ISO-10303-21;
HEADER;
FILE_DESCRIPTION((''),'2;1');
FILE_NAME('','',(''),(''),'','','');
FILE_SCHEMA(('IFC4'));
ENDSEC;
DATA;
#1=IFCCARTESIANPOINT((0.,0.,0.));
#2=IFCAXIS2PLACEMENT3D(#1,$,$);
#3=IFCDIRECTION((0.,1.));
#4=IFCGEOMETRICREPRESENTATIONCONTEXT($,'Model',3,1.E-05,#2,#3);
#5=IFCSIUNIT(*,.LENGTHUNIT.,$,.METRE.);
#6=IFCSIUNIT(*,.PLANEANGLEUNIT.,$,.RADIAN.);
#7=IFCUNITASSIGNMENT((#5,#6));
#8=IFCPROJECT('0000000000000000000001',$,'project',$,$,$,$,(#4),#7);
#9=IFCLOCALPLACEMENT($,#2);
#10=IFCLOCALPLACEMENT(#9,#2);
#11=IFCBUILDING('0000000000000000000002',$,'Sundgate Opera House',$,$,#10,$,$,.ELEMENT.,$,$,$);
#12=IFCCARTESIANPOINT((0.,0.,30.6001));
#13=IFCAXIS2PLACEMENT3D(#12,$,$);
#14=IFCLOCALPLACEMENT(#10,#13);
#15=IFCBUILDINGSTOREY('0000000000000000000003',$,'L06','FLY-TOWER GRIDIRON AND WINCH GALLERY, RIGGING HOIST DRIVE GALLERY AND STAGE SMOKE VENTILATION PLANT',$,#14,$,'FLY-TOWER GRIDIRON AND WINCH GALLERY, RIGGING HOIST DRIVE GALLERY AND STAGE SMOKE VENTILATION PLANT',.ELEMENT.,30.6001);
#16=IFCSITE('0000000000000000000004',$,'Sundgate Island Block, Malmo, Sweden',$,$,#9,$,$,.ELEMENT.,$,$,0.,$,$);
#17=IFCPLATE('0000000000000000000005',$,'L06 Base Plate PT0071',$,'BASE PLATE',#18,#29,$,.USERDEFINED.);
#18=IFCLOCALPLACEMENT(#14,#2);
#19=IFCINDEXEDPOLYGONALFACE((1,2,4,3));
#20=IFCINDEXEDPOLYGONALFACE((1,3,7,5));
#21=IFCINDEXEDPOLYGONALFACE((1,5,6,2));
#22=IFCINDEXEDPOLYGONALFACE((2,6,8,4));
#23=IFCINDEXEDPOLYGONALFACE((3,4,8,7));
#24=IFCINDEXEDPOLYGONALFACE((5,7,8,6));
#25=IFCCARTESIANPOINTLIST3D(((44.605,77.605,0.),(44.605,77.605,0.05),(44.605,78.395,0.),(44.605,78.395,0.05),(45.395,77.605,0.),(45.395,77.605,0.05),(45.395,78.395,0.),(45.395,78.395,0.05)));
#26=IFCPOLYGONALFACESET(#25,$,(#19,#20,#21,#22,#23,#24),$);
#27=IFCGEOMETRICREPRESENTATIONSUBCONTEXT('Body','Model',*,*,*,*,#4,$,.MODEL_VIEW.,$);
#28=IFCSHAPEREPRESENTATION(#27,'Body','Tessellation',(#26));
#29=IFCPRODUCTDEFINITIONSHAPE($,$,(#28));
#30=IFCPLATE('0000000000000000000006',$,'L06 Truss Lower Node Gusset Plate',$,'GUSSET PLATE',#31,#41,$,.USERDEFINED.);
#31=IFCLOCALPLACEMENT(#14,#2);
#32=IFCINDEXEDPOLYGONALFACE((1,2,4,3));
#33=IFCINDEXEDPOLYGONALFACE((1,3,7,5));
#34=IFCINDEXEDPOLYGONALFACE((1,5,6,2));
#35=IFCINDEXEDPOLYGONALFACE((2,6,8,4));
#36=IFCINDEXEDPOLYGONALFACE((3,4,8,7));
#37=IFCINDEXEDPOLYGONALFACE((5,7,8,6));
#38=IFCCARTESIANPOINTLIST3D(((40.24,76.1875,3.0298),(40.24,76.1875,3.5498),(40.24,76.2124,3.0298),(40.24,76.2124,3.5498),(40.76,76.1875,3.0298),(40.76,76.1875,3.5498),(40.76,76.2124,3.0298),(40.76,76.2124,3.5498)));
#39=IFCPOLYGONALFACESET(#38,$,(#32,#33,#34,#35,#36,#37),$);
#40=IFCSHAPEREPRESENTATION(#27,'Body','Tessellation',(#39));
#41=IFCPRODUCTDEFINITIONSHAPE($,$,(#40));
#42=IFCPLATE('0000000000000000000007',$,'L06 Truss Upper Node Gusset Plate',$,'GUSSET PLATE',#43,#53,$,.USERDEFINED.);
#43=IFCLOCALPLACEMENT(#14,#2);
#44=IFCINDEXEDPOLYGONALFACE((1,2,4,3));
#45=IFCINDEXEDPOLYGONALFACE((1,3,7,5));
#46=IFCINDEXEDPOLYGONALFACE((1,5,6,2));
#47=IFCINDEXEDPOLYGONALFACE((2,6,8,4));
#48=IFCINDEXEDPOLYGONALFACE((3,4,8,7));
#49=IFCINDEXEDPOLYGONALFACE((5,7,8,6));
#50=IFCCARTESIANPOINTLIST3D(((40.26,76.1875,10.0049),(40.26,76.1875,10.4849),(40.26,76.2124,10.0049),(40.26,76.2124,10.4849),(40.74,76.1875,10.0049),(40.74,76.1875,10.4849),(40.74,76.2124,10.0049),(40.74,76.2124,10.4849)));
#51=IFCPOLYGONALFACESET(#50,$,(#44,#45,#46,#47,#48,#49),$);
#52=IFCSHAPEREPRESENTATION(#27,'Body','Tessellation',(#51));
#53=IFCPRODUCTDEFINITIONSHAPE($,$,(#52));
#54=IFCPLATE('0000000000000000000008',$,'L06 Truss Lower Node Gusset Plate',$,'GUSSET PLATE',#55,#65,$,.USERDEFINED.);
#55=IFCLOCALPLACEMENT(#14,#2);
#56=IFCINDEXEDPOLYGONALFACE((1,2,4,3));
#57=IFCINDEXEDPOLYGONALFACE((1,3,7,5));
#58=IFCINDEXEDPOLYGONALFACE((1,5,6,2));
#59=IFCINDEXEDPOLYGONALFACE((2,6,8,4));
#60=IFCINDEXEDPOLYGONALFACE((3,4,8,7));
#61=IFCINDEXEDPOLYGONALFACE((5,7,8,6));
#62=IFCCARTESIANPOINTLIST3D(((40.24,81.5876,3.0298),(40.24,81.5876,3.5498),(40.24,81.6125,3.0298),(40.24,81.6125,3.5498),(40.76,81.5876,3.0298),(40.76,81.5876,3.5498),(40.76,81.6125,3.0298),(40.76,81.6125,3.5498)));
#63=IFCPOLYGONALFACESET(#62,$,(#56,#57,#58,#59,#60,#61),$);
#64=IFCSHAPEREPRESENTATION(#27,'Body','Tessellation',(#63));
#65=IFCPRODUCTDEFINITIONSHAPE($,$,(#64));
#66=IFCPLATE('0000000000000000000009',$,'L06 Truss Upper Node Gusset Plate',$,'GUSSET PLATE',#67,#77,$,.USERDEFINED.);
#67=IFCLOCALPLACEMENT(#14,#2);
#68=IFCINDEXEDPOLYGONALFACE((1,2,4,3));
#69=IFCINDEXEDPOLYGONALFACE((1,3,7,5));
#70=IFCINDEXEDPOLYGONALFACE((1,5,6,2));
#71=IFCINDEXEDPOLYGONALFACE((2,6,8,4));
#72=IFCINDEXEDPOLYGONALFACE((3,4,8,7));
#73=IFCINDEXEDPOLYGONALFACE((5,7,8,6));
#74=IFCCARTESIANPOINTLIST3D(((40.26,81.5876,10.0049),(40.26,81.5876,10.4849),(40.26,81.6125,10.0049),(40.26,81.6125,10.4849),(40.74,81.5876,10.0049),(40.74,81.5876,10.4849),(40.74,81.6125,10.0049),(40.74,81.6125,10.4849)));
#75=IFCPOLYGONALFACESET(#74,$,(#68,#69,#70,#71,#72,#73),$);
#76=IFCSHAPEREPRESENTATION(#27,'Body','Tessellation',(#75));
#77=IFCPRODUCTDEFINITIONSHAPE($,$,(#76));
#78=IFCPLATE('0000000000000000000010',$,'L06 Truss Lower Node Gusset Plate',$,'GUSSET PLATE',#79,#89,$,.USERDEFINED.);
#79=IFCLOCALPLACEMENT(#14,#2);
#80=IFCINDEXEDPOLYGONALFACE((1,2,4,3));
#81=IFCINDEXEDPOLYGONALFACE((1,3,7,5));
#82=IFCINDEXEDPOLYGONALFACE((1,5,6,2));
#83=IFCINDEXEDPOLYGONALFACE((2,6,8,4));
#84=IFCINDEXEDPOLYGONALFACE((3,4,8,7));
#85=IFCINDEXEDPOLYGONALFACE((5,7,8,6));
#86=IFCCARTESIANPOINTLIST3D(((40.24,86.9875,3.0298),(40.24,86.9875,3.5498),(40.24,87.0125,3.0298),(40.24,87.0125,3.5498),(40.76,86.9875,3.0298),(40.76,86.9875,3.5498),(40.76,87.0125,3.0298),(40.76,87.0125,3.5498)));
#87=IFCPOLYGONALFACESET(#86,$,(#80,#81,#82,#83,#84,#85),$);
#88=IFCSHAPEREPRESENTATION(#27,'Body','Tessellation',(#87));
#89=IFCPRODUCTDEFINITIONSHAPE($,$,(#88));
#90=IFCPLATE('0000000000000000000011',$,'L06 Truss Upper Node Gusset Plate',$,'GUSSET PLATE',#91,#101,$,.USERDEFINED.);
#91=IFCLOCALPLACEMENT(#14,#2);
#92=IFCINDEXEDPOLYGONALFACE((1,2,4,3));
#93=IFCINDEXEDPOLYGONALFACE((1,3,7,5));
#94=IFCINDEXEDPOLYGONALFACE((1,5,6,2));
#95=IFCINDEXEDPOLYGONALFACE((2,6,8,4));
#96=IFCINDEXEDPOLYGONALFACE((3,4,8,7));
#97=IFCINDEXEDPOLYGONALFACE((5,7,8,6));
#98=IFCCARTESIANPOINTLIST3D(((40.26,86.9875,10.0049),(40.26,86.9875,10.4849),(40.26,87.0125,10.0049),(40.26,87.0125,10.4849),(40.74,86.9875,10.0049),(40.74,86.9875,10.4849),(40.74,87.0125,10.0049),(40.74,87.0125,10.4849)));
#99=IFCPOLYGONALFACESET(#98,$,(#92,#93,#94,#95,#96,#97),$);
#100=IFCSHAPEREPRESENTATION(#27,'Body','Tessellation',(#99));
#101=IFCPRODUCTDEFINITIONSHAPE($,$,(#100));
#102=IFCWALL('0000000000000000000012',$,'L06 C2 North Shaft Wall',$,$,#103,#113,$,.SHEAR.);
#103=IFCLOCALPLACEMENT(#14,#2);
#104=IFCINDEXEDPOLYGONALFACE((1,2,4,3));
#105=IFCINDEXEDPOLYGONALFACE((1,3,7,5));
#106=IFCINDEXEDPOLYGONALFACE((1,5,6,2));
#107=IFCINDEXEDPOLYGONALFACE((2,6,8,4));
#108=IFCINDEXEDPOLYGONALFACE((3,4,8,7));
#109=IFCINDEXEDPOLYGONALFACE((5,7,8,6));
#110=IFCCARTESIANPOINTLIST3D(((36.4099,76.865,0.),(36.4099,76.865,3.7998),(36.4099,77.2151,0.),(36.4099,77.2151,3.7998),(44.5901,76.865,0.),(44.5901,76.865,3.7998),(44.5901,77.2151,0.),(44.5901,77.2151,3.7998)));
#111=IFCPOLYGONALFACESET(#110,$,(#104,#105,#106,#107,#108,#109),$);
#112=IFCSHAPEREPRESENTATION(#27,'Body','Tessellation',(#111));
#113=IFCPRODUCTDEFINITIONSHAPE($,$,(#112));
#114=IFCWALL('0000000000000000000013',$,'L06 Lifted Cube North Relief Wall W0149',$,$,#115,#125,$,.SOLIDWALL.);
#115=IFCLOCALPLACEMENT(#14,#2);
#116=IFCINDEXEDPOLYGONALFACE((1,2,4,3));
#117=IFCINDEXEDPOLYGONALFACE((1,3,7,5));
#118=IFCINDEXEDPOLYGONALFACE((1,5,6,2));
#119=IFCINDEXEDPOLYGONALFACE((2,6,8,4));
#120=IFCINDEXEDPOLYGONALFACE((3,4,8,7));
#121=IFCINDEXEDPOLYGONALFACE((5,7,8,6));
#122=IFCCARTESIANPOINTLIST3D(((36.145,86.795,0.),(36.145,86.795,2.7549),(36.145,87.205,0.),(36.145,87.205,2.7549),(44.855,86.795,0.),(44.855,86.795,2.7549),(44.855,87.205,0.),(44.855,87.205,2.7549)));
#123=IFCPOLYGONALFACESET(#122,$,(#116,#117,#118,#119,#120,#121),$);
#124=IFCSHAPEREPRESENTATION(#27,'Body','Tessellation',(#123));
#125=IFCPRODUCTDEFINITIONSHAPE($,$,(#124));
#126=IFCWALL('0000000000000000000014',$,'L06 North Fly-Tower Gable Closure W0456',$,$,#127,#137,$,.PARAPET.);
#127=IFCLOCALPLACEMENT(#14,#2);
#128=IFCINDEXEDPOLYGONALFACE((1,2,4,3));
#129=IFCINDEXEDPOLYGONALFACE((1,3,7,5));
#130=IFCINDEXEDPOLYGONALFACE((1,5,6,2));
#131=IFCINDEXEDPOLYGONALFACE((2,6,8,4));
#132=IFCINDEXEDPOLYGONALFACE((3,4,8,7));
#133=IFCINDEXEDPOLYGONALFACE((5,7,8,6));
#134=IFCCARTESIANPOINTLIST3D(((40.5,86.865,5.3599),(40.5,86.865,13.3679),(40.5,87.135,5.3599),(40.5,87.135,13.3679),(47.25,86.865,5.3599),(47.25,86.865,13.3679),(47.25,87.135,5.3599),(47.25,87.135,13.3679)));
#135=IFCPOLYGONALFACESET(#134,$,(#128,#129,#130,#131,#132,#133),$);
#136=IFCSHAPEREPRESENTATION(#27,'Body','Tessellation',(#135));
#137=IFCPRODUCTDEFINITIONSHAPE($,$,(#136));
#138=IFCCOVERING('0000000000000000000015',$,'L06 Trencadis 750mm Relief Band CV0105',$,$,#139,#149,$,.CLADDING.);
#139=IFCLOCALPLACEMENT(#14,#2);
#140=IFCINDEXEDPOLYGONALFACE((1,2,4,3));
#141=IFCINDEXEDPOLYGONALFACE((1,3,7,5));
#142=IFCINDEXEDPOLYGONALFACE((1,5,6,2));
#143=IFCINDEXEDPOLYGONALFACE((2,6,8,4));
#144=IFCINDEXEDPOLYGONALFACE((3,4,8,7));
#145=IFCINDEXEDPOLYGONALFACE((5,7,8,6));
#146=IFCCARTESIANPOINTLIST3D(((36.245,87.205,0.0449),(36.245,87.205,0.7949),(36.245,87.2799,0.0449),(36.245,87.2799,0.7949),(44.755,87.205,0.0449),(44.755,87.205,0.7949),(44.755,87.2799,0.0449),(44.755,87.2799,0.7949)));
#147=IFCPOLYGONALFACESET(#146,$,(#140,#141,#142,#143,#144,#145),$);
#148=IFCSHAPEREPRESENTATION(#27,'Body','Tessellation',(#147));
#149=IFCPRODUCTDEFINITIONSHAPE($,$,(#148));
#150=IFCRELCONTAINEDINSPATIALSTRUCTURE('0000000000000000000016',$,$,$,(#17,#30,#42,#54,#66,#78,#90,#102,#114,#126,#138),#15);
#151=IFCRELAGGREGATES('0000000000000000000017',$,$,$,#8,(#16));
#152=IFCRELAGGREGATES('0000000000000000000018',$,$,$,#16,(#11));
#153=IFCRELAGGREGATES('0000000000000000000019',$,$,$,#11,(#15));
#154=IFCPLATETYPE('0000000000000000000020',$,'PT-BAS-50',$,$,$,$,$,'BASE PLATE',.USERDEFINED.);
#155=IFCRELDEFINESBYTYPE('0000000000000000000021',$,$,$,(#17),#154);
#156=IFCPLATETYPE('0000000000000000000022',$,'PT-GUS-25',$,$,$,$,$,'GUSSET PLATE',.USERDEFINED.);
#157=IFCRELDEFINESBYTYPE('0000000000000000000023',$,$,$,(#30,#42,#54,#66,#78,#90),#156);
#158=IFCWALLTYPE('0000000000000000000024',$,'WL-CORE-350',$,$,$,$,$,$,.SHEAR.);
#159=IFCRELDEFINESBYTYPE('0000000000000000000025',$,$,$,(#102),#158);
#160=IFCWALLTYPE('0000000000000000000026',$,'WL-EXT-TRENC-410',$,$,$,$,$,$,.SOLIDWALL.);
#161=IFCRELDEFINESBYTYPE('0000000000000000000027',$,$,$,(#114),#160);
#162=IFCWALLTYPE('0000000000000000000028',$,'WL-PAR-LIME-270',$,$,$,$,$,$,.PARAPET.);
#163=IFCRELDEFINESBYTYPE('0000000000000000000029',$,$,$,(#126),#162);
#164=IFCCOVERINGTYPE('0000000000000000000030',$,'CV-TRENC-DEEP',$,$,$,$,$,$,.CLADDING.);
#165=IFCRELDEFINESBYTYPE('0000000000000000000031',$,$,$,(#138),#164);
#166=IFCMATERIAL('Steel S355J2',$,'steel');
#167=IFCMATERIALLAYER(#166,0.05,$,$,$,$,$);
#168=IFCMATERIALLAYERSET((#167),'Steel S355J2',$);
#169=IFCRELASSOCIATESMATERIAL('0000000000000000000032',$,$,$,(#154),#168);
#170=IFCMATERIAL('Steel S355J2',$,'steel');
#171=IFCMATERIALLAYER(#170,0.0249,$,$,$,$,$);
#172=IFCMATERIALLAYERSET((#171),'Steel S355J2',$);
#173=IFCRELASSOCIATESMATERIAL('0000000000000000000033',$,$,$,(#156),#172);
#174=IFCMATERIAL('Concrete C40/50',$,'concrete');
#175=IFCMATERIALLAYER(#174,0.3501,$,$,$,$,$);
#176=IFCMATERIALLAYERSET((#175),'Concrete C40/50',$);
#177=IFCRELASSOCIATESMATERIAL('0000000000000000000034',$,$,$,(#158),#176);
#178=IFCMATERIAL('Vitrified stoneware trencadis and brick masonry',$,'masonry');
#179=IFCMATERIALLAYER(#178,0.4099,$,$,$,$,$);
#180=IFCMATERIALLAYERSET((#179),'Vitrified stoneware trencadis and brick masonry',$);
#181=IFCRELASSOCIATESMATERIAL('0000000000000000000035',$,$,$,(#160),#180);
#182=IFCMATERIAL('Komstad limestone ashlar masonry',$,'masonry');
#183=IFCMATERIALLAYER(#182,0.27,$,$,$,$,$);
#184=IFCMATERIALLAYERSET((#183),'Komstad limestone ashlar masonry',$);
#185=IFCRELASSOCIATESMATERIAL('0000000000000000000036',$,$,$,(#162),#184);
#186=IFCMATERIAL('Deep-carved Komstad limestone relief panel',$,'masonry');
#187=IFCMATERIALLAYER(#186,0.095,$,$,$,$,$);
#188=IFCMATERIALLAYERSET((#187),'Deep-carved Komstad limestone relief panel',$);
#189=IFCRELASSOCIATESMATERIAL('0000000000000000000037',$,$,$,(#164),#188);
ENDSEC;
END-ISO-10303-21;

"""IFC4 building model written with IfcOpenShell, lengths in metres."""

from ifc_helpers import new_model, si_unit, direction, frame, frame_2d, origin, origin_2d, place, context, subcontext, project, spatial, rectangle, extrude, material, layer, layer_set, type_object, element, save


model = new_model("IFC4")

# Units and contexts
model_context = context("Model", 3, precision=1e-05, world=origin(), true_north=direction((0.0, 1.0)))
body_context = subcontext(model_context, "Body", "Model", "MODEL_VIEW")
ifc_project = project(units=[si_unit("LENGTHUNIT", "METRE"), si_unit("PLANEANGLEUNIT", "RADIAN")], contexts=[model_context])

# Site, building, storey
site_placement = place(None, origin())
site = spatial("IfcSite", under=ifc_project, at=site_placement, Name="Sundgate Island Block, Malmo, Sweden", CompositionType="ELEMENT", RefElevation=0.0)
building_placement = place(site_placement, origin())
building = spatial("IfcBuilding", under=site, at=building_placement, Name="Sundgate Opera House", CompositionType="ELEMENT")
storey_placement = place(building_placement, frame((0.0, 0.0, 30.6001)))
storey = spatial("IfcBuildingStorey", under=building, at=storey_placement, Name="L06", Description="FLY-TOWER GRIDIRON AND WINCH GALLERY, RIGGING HOIST DRIVE GALLERY AND STAGE SMOKE VENTILATION PLANT", LongName="FLY-TOWER GRIDIRON AND WINCH GALLERY, RIGGING HOIST DRIVE GALLERY AND STAGE SMOKE VENTILATION PLANT", CompositionType="ELEMENT", Elevation=30.6001)

# Plates
ifc_material_1 = material(Name="Steel S355J2", Category="steel")
ifc_layer_1 = layer(ifc_material_1, 0.05)
ifc_layer_set_1 = layer_set([ifc_layer_1], Name="Steel S355J2")
plate_type_1 = type_object("IfcPlateType", Name="PT-BAS-50", ElementType="BASE PLATE", PredefinedType="USERDEFINED", material=ifc_layer_set_1)
plate_1_placement = place(storey_placement, frame((45.0, 78.0, 0.0), z_axis=(0.0, 0.0, 1.0), x_axis=(1.0, 0.0, 0.0)))
element("IfcPlate", 1, at=plate_1_placement, inside=storey, type_object=plate_type_1, Name="L06 Base Plate PT0071", ObjectType="BASE PLATE", PredefinedType="USERDEFINED", context=body_context, shape_type="SweptSolid", body=[
    extrude(rectangle(XDim=0.79, YDim=0.79, at=origin_2d()), origin(), (0.0, 0.0, 1.0), 0.05),
])
ifc_material_2 = material(Name="Steel S355J2", Category="steel")
ifc_layer_2 = layer(ifc_material_2, 0.0249)
ifc_layer_set_2 = layer_set([ifc_layer_2], Name="Steel S355J2")
plate_type_2 = type_object("IfcPlateType", Name="PT-GUS-25", ElementType="GUSSET PLATE", PredefinedType="USERDEFINED", material=ifc_layer_set_2)
plate_2_placement = place(storey_placement, frame((40.5, 76.2, 3.0298), z_axis=(0.0, 0.0, 1.0), x_axis=(1.0, 0.0, 0.0)))
element("IfcPlate", 2, at=plate_2_placement, inside=storey, type_object=plate_type_2, Name="L06 Truss Lower Node Gusset Plate", ObjectType="GUSSET PLATE", PredefinedType="USERDEFINED", context=body_context, shape_type="SweptSolid", body=[
    extrude(rectangle(XDim=0.52, YDim=0.0249, at=origin_2d()), origin(), (0.0, 0.0, 1.0), 0.52),
])
plate_3_placement = place(storey_placement, frame((40.5, 76.2, 10.0049), z_axis=(0.0, 0.0, 1.0), x_axis=(1.0, 0.0, 0.0)))
element("IfcPlate", 3, at=plate_3_placement, inside=storey, type_object=plate_type_2, Name="L06 Truss Upper Node Gusset Plate", ObjectType="GUSSET PLATE", PredefinedType="USERDEFINED", context=body_context, shape_type="SweptSolid", body=[
    extrude(rectangle(XDim=0.48, YDim=0.0249, at=origin_2d()), origin(), (0.0, 0.0, 1.0), 0.48),
])
plate_4_placement = place(storey_placement, frame((40.5, 81.6001, 3.0298), z_axis=(0.0, 0.0, 1.0), x_axis=(1.0, 0.0, 0.0)))
element("IfcPlate", 4, at=plate_4_placement, inside=storey, type_object=plate_type_2, Name="L06 Truss Lower Node Gusset Plate", ObjectType="GUSSET PLATE", PredefinedType="USERDEFINED", context=body_context, shape_type="SweptSolid", body=[
    extrude(rectangle(XDim=0.52, YDim=0.0249, at=origin_2d()), origin(), (0.0, 0.0, 1.0), 0.52),
])
plate_5_placement = place(storey_placement, frame((40.5, 81.6001, 10.0049), z_axis=(0.0, 0.0, 1.0), x_axis=(1.0, 0.0, 0.0)))
element("IfcPlate", 5, at=plate_5_placement, inside=storey, type_object=plate_type_2, Name="L06 Truss Upper Node Gusset Plate", ObjectType="GUSSET PLATE", PredefinedType="USERDEFINED", context=body_context, shape_type="SweptSolid", body=[
    extrude(rectangle(XDim=0.48, YDim=0.0249, at=origin_2d()), origin(), (0.0, 0.0, 1.0), 0.48),
])
plate_6_placement = place(storey_placement, frame((40.5, 87.0, 3.0298), z_axis=(0.0, 0.0, 1.0), x_axis=(1.0, 0.0, 0.0)))
element("IfcPlate", 6, at=plate_6_placement, inside=storey, type_object=plate_type_2, Name="L06 Truss Lower Node Gusset Plate", ObjectType="GUSSET PLATE", PredefinedType="USERDEFINED", context=body_context, shape_type="SweptSolid", body=[
    extrude(rectangle(XDim=0.52, YDim=0.0249, at=origin_2d()), origin(), (0.0, 0.0, 1.0), 0.52),
])
plate_7_placement = place(storey_placement, frame((40.5, 87.0, 10.0049), z_axis=(0.0, 0.0, 1.0), x_axis=(1.0, 0.0, 0.0)))
element("IfcPlate", 7, at=plate_7_placement, inside=storey, type_object=plate_type_2, Name="L06 Truss Upper Node Gusset Plate", ObjectType="GUSSET PLATE", PredefinedType="USERDEFINED", context=body_context, shape_type="SweptSolid", body=[
    extrude(rectangle(XDim=0.48, YDim=0.0249, at=origin_2d()), origin(), (0.0, 0.0, 1.0), 0.48),
])

# Walls
ifc_material_3 = material(Name="Concrete C40/50", Category="concrete")
ifc_layer_3 = layer(ifc_material_3, 0.3501)
ifc_layer_set_3 = layer_set([ifc_layer_3], Name="Concrete C40/50")
wall_type_1 = type_object("IfcWallType", Name="WL-CORE-350", PredefinedType="SHEAR", material=ifc_layer_set_3)
wall_1_placement = place(storey_placement, frame((36.4099, 77.04, 0.0), z_axis=(0.0, 0.0, 1.0), x_axis=(1.0, 0.0, 0.0)))
element("IfcWall", 8, at=wall_1_placement, inside=storey, type_object=wall_type_1, Name="L06 C2 North Shaft Wall", PredefinedType="SHEAR", context=body_context, shape_type="SweptSolid", body=[
    extrude(rectangle(XDim=8.1802, YDim=0.3501, at=frame_2d((4.0901, 0.0))), origin(), (0.0, 0.0, 1.0), 3.7998),
])
ifc_material_4 = material(Name="Vitrified stoneware trencadis and brick masonry", Category="masonry")
ifc_layer_4 = layer(ifc_material_4, 0.4099)
ifc_layer_set_4 = layer_set([ifc_layer_4], Name="Vitrified stoneware trencadis and brick masonry")
wall_type_2 = type_object("IfcWallType", Name="WL-EXT-TRENC-410", PredefinedType="SOLIDWALL", material=ifc_layer_set_4)
wall_2_placement = place(storey_placement, frame((36.145, 87.0, 0.0), z_axis=(0.0, 0.0, 1.0), x_axis=(1.0, 0.0, 0.0)))
element("IfcWall", 9, at=wall_2_placement, inside=storey, type_object=wall_type_2, Name="L06 Lifted Cube North Relief Wall W0149", PredefinedType="SOLIDWALL", context=body_context, shape_type="SweptSolid", body=[
    extrude(rectangle(XDim=8.71, YDim=0.4099, at=frame_2d((4.355, 0.0))), origin(), (0.0, 0.0, 1.0), 2.7549),
])
ifc_material_5 = material(Name="Komstad limestone ashlar masonry", Category="masonry")
ifc_layer_5 = layer(ifc_material_5, 0.27)
ifc_layer_set_5 = layer_set([ifc_layer_5], Name="Komstad limestone ashlar masonry")
wall_type_3 = type_object("IfcWallType", Name="WL-PAR-LIME-270", PredefinedType="PARAPET", material=ifc_layer_set_5)
wall_3_placement = place(storey_placement, frame((40.5, 87.0, 5.3599), z_axis=(0.0, 0.0, 1.0), x_axis=(1.0, 0.0, 0.0)))
element("IfcWall", 10, at=wall_3_placement, inside=storey, type_object=wall_type_3, Name="L06 North Fly-Tower Gable Closure W0456", PredefinedType="PARAPET", context=body_context, shape_type="SweptSolid", body=[
    extrude(rectangle(XDim=6.75, YDim=0.27, at=frame_2d((3.375, 0.0))), origin(), (0.0, 0.0, 1.0), 8.0081),
])

# Covering
ifc_material_6 = material(Name="Deep-carved Komstad limestone relief panel", Category="masonry")
ifc_layer_6 = layer(ifc_material_6, 0.095)
ifc_layer_set_6 = layer_set([ifc_layer_6], Name="Deep-carved Komstad limestone relief panel")
covering_type = type_object("IfcCoveringType", Name="CV-TRENC-DEEP", PredefinedType="CLADDING", material=ifc_layer_set_6)
covering_placement = place(storey_placement, frame((40.5, 87.2424, 0.0449), z_axis=(0.0, 0.0, 1.0), x_axis=(1.0, 0.0, 0.0)))
element("IfcCovering", 11, at=covering_placement, inside=storey, type_object=covering_type, Name="L06 Trencadis 750mm Relief Band CV0105", PredefinedType="CLADDING", context=body_context, shape_type="SweptSolid", body=[
    extrude(rectangle(XDim=8.51, YDim=0.075, at=origin_2d()), origin(), (0.0, 0.0, 1.0), 0.75),
])

save(model, "model.ifc")
